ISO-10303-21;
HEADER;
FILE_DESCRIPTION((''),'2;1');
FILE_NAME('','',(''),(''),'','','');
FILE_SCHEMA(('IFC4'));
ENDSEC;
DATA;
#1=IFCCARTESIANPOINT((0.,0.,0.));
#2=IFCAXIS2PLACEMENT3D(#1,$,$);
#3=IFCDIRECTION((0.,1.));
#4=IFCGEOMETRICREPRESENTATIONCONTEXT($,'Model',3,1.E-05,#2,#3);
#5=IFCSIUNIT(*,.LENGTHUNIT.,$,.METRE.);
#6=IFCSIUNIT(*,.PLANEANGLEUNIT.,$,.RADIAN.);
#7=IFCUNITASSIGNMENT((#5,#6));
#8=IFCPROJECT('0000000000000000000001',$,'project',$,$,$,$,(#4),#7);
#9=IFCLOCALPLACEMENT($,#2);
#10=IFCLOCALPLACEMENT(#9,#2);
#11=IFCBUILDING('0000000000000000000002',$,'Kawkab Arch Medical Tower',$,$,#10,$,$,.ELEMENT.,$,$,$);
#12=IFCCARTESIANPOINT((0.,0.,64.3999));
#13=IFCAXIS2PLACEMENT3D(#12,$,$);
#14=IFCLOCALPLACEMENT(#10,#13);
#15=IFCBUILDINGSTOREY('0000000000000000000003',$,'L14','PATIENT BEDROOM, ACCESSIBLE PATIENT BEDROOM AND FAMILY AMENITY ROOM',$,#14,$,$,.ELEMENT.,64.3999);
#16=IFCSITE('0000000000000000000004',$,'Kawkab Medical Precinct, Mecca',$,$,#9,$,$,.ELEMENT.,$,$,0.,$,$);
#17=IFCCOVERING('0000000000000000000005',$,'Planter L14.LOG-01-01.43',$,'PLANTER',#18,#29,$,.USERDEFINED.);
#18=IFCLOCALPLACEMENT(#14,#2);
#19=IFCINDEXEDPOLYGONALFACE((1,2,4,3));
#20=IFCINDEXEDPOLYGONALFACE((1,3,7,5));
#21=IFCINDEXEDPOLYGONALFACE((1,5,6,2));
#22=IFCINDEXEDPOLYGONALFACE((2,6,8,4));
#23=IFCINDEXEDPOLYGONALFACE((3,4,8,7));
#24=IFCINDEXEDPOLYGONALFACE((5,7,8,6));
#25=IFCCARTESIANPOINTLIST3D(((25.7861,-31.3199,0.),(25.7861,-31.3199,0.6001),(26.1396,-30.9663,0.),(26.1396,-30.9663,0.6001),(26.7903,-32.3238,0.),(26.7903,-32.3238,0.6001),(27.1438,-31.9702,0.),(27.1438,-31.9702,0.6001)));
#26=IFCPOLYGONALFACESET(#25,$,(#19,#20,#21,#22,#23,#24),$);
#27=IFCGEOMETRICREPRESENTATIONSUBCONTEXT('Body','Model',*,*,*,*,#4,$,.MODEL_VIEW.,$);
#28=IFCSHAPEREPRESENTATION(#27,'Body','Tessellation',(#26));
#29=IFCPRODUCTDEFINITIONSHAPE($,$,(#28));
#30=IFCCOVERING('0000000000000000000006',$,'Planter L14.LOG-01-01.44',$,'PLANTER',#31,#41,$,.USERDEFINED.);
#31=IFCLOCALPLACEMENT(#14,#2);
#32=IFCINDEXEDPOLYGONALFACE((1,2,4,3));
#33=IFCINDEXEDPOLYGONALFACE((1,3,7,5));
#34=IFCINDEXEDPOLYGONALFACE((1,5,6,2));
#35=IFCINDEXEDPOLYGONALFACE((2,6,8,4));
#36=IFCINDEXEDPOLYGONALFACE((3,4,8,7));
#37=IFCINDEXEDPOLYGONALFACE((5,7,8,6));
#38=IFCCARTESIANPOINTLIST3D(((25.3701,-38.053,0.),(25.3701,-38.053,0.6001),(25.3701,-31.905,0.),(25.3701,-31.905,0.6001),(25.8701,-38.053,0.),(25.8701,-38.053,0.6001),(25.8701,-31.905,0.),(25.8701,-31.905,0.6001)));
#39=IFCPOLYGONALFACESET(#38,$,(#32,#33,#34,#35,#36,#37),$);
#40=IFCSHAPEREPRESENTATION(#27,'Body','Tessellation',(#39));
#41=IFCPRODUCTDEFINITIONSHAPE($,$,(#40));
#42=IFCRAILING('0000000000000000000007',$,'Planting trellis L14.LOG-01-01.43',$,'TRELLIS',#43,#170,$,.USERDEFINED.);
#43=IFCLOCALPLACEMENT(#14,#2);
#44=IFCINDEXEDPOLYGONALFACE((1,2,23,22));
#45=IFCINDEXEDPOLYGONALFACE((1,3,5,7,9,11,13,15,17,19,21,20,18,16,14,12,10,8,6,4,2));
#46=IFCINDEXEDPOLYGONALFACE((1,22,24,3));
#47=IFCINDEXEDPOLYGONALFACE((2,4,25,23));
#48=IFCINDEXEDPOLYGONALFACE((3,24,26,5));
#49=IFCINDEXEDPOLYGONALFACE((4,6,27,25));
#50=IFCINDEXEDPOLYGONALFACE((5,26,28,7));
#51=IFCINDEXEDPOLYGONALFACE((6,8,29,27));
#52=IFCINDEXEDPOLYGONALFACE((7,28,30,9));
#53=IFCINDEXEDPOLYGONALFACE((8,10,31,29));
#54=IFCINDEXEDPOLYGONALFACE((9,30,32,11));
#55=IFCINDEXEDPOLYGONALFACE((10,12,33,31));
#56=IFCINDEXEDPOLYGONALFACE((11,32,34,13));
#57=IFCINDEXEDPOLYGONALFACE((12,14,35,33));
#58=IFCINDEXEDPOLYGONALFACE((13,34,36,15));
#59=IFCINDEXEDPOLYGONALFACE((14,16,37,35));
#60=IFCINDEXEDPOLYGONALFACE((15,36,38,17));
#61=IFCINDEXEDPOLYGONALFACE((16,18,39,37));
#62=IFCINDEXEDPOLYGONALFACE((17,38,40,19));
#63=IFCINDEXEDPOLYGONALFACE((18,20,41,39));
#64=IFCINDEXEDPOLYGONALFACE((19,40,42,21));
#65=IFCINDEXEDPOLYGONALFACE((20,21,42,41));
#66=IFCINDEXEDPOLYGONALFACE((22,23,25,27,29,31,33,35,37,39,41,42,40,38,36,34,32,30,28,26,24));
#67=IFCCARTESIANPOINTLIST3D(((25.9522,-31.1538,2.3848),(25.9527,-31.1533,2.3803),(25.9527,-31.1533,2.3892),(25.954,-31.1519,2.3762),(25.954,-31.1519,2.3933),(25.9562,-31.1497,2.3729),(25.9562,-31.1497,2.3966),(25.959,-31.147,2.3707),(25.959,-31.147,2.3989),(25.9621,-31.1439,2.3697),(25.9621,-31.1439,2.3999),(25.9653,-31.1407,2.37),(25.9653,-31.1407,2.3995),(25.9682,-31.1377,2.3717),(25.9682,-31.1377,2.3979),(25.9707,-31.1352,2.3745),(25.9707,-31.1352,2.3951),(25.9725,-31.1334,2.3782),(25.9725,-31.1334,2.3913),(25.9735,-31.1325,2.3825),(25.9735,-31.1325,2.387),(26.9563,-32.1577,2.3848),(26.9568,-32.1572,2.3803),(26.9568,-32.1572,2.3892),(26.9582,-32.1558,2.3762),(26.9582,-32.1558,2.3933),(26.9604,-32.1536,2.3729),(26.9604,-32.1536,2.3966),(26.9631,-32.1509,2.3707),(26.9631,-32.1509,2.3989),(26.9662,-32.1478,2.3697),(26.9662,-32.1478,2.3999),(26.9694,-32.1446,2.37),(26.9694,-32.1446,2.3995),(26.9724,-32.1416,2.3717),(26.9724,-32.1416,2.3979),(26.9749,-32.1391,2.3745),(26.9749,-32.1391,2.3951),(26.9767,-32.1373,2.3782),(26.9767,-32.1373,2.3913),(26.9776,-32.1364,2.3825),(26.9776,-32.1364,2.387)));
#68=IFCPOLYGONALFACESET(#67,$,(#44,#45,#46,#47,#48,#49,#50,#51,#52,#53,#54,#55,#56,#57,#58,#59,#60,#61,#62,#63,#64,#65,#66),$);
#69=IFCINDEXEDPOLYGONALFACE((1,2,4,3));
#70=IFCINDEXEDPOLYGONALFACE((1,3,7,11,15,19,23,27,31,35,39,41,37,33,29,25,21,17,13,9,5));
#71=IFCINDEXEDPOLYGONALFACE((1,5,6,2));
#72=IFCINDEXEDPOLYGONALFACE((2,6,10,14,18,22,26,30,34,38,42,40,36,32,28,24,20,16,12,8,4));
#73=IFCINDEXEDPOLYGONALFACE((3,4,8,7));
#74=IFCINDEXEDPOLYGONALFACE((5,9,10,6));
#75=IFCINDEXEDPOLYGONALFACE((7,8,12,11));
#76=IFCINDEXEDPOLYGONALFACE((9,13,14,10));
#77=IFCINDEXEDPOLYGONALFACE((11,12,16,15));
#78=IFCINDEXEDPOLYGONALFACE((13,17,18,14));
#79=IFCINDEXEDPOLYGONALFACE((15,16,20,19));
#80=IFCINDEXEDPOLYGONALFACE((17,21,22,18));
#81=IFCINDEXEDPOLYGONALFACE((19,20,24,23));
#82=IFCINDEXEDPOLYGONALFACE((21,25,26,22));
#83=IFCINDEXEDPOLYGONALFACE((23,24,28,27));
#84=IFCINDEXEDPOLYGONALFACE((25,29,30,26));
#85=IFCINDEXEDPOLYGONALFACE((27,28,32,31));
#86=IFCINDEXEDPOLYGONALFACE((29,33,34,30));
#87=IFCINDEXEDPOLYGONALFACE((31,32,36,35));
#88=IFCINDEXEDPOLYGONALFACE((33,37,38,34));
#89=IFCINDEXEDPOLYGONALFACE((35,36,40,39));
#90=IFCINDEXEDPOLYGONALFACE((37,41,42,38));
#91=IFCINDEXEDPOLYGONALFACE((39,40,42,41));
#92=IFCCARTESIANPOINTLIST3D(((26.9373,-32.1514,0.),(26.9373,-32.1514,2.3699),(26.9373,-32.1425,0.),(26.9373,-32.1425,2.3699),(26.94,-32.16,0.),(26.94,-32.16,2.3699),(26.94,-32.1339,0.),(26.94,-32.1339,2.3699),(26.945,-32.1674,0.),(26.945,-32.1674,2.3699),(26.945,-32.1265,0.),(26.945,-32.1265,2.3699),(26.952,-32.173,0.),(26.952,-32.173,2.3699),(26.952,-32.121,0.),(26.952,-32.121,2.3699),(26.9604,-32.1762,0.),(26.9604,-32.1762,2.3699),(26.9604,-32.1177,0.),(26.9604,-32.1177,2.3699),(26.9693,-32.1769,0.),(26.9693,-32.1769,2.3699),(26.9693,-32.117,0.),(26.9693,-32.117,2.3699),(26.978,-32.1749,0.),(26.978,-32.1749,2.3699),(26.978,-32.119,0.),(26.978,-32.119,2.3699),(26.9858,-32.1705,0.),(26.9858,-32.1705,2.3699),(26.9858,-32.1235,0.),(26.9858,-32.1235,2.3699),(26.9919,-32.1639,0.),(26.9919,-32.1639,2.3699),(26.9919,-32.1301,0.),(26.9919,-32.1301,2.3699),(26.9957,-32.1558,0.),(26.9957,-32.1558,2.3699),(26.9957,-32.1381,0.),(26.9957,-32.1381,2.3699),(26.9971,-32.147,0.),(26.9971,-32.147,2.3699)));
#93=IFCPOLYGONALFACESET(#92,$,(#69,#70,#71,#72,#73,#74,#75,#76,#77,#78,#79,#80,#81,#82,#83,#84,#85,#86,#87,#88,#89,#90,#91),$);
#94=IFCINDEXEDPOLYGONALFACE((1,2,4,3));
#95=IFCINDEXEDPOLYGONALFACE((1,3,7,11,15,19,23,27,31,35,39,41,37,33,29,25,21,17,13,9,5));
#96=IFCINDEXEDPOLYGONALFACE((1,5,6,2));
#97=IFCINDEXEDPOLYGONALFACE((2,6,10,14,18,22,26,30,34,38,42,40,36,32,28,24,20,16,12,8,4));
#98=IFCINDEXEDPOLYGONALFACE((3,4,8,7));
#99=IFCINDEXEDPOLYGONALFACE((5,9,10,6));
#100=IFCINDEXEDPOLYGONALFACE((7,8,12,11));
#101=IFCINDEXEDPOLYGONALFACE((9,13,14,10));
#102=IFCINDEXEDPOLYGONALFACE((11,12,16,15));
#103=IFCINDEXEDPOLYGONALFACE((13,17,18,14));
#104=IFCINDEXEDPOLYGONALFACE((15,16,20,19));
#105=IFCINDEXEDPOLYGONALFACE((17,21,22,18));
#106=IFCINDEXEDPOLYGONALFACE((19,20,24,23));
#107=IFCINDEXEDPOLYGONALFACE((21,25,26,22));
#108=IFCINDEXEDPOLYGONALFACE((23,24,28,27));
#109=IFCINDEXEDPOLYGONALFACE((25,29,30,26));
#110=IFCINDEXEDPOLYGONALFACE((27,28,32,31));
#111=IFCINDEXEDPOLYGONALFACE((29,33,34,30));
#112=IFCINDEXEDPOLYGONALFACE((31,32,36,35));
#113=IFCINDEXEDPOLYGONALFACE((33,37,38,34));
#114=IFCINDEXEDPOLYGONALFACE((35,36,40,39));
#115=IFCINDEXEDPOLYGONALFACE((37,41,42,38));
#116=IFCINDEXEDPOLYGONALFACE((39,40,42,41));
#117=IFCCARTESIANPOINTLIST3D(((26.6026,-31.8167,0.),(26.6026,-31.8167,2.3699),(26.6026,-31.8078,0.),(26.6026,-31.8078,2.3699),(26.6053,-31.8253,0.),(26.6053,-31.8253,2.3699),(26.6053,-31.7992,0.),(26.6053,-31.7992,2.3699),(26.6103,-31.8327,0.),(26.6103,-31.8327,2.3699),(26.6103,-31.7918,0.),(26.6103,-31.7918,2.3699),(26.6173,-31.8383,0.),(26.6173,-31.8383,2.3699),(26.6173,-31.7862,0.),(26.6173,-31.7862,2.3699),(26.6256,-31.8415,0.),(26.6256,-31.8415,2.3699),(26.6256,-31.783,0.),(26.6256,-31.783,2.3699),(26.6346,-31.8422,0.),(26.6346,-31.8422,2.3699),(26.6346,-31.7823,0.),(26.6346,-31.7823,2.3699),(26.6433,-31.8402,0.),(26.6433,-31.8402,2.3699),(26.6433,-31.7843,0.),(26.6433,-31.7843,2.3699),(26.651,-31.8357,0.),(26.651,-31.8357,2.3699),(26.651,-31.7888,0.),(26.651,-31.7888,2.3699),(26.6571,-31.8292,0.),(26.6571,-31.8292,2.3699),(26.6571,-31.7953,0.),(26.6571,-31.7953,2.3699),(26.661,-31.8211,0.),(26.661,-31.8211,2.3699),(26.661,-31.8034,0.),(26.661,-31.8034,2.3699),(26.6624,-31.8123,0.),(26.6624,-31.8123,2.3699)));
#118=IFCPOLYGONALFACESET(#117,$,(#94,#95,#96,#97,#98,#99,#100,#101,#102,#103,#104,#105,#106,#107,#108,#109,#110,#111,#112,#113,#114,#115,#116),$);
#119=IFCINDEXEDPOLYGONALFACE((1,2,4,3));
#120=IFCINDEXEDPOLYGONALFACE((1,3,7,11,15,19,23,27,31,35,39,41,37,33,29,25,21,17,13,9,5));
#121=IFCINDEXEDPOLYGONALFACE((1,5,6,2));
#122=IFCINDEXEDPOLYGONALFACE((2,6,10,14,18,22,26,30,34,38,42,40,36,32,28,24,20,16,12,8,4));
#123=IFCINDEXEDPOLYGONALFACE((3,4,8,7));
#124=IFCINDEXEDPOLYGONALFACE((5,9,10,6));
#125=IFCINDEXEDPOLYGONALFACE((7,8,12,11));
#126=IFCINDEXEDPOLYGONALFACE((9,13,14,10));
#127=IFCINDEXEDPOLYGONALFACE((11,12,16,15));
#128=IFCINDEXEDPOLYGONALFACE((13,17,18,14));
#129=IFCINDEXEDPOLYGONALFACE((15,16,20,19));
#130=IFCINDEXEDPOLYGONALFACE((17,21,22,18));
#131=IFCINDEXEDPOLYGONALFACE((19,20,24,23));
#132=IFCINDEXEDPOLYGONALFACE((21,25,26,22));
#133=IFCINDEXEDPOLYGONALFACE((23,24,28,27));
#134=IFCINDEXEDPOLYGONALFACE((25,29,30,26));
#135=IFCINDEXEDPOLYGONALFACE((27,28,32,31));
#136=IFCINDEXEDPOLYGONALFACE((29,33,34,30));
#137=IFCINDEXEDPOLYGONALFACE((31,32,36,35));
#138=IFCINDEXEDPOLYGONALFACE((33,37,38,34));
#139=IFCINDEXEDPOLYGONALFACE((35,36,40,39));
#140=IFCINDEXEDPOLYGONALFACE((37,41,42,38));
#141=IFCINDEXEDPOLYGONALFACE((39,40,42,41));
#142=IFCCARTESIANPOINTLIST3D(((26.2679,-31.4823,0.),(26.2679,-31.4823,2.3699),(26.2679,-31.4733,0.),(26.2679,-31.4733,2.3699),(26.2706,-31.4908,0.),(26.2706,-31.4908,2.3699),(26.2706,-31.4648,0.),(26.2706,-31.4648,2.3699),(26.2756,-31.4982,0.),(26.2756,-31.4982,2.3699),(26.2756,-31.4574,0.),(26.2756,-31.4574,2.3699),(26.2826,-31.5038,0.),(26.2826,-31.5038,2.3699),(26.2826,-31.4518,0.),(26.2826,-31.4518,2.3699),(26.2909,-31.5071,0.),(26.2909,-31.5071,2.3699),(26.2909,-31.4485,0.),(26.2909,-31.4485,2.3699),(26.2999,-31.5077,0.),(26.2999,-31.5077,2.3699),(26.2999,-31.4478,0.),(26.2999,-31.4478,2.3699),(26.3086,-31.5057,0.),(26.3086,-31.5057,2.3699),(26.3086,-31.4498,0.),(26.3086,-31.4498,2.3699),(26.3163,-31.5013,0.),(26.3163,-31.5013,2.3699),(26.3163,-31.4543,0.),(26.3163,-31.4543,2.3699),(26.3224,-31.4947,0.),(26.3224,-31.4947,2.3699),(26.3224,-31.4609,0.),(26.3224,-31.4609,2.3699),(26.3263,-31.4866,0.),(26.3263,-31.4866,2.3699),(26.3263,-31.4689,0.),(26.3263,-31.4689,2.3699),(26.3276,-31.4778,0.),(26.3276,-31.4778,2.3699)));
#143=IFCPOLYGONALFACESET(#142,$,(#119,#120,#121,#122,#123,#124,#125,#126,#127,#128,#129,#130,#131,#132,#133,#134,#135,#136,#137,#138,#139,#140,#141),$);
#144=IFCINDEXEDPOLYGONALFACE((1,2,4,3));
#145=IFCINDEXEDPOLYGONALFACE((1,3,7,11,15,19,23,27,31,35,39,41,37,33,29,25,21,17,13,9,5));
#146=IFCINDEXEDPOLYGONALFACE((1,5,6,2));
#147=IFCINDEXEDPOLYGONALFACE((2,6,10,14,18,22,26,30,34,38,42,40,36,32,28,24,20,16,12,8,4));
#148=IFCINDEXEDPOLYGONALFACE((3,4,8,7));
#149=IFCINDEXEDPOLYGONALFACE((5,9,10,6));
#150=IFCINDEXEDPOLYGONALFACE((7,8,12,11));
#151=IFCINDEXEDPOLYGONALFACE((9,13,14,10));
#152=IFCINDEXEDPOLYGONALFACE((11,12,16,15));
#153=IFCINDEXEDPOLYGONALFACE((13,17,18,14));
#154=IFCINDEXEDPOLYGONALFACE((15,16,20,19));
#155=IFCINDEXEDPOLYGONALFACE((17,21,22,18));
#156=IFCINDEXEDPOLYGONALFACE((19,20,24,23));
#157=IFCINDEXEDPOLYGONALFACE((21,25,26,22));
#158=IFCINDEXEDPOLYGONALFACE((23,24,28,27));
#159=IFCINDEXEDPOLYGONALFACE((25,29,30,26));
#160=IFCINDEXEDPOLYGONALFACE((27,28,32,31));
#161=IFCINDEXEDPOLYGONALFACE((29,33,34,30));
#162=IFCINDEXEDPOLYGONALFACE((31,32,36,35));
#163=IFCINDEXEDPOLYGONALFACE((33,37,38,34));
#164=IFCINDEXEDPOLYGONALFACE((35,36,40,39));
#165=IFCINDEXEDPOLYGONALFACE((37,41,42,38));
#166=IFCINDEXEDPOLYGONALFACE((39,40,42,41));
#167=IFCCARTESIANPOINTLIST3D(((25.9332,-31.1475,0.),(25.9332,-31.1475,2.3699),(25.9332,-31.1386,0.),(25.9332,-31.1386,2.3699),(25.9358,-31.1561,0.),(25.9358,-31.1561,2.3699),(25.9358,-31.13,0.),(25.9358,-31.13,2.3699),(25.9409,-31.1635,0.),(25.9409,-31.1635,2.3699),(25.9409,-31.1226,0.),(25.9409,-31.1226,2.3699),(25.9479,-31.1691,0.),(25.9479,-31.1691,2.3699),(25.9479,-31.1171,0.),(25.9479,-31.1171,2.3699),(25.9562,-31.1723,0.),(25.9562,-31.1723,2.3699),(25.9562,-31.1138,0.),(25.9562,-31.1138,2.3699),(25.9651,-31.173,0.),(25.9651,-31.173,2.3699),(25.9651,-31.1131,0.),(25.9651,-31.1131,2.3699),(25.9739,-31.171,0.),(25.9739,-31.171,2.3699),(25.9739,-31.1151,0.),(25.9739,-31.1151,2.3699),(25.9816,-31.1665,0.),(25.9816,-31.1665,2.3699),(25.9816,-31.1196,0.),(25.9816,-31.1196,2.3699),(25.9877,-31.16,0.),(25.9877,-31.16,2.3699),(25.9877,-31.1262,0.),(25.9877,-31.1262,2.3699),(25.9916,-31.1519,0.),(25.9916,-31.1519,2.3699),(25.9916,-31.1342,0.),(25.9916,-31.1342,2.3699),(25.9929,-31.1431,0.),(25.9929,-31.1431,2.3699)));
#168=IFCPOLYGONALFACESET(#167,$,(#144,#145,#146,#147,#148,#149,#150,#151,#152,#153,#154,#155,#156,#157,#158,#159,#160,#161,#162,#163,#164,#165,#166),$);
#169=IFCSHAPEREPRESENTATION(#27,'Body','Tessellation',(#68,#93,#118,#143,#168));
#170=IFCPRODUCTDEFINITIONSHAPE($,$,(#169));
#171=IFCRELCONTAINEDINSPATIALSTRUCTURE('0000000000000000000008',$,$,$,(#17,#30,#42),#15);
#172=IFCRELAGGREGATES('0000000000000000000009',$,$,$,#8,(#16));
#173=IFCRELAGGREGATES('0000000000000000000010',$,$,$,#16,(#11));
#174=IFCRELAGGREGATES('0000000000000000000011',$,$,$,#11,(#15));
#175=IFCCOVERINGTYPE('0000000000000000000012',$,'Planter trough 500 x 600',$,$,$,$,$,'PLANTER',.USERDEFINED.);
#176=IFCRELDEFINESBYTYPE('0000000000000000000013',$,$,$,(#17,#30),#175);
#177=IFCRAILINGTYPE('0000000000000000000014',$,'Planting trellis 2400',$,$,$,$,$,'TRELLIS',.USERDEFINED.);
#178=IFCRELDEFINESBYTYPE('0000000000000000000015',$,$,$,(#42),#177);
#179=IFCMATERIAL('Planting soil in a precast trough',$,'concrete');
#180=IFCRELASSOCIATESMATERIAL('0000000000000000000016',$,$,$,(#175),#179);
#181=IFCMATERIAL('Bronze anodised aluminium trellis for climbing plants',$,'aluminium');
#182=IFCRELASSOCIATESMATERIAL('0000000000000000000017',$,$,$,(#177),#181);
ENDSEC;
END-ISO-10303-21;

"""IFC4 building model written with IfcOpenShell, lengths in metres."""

from ifc_helpers import new_model, si_unit, direction, frame, origin, origin_2d, place, context, subcontext, project, spatial, rectangle, circle, extrude, material, material_profile, profile_set, type_object, element, save


model = new_model("IFC4")

# Units and contexts
model_context = context("Model", 3, precision=1e-05, world=origin(), true_north=direction((0.0, 1.0)))
body_context = subcontext(model_context, "Body", "Model", "MODEL_VIEW")
ifc_project = project(units=[si_unit("LENGTHUNIT", "METRE"), si_unit("PLANEANGLEUNIT", "RADIAN")], contexts=[model_context])

# Site, building, storey
site_placement = place(None, origin())
site = spatial("IfcSite", under=ifc_project, at=site_placement, Name="Kawkab Medical Precinct, Mecca", CompositionType="ELEMENT", RefElevation=0.0)
building_placement = place(site_placement, origin())
building = spatial("IfcBuilding", under=site, at=building_placement, Name="Kawkab Arch Medical Tower", CompositionType="ELEMENT")
storey_placement = place(building_placement, frame((0.0, 0.0, 64.3999)))
storey = spatial("IfcBuildingStorey", under=building, at=storey_placement, Name="L14", Description="PATIENT BEDROOM, ACCESSIBLE PATIENT BEDROOM AND FAMILY AMENITY ROOM", CompositionType="ELEMENT", Elevation=64.3999)

# Coverings
ifc_material_1 = material(Name="Planting soil in a precast trough", Category="concrete")
ifc_material_profile_1 = material_profile(ifc_material_1, rectangle(XDim=0.5, YDim=0.6001, at=origin_2d()), Name="Trough 500x600")
ifc_profile_set_1 = profile_set([ifc_material_profile_1], Name="Planting soil in a precast trough")
covering_type = type_object("IfcCoveringType", Name="Planter trough 500 x 600", ElementType="PLANTER", PredefinedType="USERDEFINED", material=ifc_profile_set_1)
covering_1_placement = place(storey_placement, frame((26.967, -32.147, 0.3), z_axis=(-0.707193, 0.707021, 0.0), x_axis=(-0.707021, -0.707193, 0.0)))
element("IfcCovering", 1, at=covering_1_placement, inside=storey, type_object=covering_type, Name="Planter L14.LOG-01-01.43", ObjectType="PLANTER", PredefinedType="USERDEFINED", context=body_context, shape_type="SweptSolid", body=[
    extrude(rectangle(XDim=0.5, YDim=0.6001, at=origin_2d()), origin(), (0.0, 0.0, 1.0), 1.4199),
])
covering_2_placement = place(storey_placement, frame((25.6201, -31.905, 0.3), z_axis=(0.0, -1.0, 0.0), x_axis=(1.0, 0.0, 0.0)))
element("IfcCovering", 2, at=covering_2_placement, inside=storey, type_object=covering_type, Name="Planter L14.LOG-01-01.44", ObjectType="PLANTER", PredefinedType="USERDEFINED", context=body_context, shape_type="SweptSolid", body=[
    extrude(rectangle(XDim=0.5, YDim=0.6001, at=origin_2d()), origin(), (0.0, 0.0, 1.0), 6.1479),
])

# Railing
ifc_material_2 = material(Name="Bronze anodised aluminium trellis for climbing plants", Category="aluminium")
railing_type = type_object("IfcRailingType", Name="Planting trellis 2400", ElementType="TRELLIS", PredefinedType="USERDEFINED", material=ifc_material_2)
railing_placement = place(storey_placement, frame((26.967, -32.147, 0.0)))
element("IfcRailing", 3, at=railing_placement, inside=storey, type_object=railing_type, Name="Planting trellis L14.LOG-01-01.43", ObjectType="TRELLIS", PredefinedType="USERDEFINED", context=body_context, shape_type="SweptSolid", body=[
    extrude(circle(Radius=0.0151, at=origin_2d()), frame((0.0, 0.0, 2.3848), z_axis=(-0.707193, 0.707021, 0.0), x_axis=(-0.707021, -0.707193, 0.0)), (0.0, 0.0, 1.0), 1.4199),
    extrude(circle(Radius=0.03, at=origin_2d()), origin(), (0.0, 0.0, 1.0), 2.3699),
    extrude(circle(Radius=0.03, at=origin_2d()), frame((-0.3347, 0.3347, 0.0)), (0.0, 0.0, 1.0), 2.3699),
    extrude(circle(Radius=0.03, at=origin_2d()), frame((-0.6694, 0.6692, 0.0)), (0.0, 0.0, 1.0), 2.3699),
    extrude(circle(Radius=0.03, at=origin_2d()), frame((-1.0042, 1.0039, 0.0)), (0.0, 0.0, 1.0), 2.3699),
])

save(model, "model.ifc")
